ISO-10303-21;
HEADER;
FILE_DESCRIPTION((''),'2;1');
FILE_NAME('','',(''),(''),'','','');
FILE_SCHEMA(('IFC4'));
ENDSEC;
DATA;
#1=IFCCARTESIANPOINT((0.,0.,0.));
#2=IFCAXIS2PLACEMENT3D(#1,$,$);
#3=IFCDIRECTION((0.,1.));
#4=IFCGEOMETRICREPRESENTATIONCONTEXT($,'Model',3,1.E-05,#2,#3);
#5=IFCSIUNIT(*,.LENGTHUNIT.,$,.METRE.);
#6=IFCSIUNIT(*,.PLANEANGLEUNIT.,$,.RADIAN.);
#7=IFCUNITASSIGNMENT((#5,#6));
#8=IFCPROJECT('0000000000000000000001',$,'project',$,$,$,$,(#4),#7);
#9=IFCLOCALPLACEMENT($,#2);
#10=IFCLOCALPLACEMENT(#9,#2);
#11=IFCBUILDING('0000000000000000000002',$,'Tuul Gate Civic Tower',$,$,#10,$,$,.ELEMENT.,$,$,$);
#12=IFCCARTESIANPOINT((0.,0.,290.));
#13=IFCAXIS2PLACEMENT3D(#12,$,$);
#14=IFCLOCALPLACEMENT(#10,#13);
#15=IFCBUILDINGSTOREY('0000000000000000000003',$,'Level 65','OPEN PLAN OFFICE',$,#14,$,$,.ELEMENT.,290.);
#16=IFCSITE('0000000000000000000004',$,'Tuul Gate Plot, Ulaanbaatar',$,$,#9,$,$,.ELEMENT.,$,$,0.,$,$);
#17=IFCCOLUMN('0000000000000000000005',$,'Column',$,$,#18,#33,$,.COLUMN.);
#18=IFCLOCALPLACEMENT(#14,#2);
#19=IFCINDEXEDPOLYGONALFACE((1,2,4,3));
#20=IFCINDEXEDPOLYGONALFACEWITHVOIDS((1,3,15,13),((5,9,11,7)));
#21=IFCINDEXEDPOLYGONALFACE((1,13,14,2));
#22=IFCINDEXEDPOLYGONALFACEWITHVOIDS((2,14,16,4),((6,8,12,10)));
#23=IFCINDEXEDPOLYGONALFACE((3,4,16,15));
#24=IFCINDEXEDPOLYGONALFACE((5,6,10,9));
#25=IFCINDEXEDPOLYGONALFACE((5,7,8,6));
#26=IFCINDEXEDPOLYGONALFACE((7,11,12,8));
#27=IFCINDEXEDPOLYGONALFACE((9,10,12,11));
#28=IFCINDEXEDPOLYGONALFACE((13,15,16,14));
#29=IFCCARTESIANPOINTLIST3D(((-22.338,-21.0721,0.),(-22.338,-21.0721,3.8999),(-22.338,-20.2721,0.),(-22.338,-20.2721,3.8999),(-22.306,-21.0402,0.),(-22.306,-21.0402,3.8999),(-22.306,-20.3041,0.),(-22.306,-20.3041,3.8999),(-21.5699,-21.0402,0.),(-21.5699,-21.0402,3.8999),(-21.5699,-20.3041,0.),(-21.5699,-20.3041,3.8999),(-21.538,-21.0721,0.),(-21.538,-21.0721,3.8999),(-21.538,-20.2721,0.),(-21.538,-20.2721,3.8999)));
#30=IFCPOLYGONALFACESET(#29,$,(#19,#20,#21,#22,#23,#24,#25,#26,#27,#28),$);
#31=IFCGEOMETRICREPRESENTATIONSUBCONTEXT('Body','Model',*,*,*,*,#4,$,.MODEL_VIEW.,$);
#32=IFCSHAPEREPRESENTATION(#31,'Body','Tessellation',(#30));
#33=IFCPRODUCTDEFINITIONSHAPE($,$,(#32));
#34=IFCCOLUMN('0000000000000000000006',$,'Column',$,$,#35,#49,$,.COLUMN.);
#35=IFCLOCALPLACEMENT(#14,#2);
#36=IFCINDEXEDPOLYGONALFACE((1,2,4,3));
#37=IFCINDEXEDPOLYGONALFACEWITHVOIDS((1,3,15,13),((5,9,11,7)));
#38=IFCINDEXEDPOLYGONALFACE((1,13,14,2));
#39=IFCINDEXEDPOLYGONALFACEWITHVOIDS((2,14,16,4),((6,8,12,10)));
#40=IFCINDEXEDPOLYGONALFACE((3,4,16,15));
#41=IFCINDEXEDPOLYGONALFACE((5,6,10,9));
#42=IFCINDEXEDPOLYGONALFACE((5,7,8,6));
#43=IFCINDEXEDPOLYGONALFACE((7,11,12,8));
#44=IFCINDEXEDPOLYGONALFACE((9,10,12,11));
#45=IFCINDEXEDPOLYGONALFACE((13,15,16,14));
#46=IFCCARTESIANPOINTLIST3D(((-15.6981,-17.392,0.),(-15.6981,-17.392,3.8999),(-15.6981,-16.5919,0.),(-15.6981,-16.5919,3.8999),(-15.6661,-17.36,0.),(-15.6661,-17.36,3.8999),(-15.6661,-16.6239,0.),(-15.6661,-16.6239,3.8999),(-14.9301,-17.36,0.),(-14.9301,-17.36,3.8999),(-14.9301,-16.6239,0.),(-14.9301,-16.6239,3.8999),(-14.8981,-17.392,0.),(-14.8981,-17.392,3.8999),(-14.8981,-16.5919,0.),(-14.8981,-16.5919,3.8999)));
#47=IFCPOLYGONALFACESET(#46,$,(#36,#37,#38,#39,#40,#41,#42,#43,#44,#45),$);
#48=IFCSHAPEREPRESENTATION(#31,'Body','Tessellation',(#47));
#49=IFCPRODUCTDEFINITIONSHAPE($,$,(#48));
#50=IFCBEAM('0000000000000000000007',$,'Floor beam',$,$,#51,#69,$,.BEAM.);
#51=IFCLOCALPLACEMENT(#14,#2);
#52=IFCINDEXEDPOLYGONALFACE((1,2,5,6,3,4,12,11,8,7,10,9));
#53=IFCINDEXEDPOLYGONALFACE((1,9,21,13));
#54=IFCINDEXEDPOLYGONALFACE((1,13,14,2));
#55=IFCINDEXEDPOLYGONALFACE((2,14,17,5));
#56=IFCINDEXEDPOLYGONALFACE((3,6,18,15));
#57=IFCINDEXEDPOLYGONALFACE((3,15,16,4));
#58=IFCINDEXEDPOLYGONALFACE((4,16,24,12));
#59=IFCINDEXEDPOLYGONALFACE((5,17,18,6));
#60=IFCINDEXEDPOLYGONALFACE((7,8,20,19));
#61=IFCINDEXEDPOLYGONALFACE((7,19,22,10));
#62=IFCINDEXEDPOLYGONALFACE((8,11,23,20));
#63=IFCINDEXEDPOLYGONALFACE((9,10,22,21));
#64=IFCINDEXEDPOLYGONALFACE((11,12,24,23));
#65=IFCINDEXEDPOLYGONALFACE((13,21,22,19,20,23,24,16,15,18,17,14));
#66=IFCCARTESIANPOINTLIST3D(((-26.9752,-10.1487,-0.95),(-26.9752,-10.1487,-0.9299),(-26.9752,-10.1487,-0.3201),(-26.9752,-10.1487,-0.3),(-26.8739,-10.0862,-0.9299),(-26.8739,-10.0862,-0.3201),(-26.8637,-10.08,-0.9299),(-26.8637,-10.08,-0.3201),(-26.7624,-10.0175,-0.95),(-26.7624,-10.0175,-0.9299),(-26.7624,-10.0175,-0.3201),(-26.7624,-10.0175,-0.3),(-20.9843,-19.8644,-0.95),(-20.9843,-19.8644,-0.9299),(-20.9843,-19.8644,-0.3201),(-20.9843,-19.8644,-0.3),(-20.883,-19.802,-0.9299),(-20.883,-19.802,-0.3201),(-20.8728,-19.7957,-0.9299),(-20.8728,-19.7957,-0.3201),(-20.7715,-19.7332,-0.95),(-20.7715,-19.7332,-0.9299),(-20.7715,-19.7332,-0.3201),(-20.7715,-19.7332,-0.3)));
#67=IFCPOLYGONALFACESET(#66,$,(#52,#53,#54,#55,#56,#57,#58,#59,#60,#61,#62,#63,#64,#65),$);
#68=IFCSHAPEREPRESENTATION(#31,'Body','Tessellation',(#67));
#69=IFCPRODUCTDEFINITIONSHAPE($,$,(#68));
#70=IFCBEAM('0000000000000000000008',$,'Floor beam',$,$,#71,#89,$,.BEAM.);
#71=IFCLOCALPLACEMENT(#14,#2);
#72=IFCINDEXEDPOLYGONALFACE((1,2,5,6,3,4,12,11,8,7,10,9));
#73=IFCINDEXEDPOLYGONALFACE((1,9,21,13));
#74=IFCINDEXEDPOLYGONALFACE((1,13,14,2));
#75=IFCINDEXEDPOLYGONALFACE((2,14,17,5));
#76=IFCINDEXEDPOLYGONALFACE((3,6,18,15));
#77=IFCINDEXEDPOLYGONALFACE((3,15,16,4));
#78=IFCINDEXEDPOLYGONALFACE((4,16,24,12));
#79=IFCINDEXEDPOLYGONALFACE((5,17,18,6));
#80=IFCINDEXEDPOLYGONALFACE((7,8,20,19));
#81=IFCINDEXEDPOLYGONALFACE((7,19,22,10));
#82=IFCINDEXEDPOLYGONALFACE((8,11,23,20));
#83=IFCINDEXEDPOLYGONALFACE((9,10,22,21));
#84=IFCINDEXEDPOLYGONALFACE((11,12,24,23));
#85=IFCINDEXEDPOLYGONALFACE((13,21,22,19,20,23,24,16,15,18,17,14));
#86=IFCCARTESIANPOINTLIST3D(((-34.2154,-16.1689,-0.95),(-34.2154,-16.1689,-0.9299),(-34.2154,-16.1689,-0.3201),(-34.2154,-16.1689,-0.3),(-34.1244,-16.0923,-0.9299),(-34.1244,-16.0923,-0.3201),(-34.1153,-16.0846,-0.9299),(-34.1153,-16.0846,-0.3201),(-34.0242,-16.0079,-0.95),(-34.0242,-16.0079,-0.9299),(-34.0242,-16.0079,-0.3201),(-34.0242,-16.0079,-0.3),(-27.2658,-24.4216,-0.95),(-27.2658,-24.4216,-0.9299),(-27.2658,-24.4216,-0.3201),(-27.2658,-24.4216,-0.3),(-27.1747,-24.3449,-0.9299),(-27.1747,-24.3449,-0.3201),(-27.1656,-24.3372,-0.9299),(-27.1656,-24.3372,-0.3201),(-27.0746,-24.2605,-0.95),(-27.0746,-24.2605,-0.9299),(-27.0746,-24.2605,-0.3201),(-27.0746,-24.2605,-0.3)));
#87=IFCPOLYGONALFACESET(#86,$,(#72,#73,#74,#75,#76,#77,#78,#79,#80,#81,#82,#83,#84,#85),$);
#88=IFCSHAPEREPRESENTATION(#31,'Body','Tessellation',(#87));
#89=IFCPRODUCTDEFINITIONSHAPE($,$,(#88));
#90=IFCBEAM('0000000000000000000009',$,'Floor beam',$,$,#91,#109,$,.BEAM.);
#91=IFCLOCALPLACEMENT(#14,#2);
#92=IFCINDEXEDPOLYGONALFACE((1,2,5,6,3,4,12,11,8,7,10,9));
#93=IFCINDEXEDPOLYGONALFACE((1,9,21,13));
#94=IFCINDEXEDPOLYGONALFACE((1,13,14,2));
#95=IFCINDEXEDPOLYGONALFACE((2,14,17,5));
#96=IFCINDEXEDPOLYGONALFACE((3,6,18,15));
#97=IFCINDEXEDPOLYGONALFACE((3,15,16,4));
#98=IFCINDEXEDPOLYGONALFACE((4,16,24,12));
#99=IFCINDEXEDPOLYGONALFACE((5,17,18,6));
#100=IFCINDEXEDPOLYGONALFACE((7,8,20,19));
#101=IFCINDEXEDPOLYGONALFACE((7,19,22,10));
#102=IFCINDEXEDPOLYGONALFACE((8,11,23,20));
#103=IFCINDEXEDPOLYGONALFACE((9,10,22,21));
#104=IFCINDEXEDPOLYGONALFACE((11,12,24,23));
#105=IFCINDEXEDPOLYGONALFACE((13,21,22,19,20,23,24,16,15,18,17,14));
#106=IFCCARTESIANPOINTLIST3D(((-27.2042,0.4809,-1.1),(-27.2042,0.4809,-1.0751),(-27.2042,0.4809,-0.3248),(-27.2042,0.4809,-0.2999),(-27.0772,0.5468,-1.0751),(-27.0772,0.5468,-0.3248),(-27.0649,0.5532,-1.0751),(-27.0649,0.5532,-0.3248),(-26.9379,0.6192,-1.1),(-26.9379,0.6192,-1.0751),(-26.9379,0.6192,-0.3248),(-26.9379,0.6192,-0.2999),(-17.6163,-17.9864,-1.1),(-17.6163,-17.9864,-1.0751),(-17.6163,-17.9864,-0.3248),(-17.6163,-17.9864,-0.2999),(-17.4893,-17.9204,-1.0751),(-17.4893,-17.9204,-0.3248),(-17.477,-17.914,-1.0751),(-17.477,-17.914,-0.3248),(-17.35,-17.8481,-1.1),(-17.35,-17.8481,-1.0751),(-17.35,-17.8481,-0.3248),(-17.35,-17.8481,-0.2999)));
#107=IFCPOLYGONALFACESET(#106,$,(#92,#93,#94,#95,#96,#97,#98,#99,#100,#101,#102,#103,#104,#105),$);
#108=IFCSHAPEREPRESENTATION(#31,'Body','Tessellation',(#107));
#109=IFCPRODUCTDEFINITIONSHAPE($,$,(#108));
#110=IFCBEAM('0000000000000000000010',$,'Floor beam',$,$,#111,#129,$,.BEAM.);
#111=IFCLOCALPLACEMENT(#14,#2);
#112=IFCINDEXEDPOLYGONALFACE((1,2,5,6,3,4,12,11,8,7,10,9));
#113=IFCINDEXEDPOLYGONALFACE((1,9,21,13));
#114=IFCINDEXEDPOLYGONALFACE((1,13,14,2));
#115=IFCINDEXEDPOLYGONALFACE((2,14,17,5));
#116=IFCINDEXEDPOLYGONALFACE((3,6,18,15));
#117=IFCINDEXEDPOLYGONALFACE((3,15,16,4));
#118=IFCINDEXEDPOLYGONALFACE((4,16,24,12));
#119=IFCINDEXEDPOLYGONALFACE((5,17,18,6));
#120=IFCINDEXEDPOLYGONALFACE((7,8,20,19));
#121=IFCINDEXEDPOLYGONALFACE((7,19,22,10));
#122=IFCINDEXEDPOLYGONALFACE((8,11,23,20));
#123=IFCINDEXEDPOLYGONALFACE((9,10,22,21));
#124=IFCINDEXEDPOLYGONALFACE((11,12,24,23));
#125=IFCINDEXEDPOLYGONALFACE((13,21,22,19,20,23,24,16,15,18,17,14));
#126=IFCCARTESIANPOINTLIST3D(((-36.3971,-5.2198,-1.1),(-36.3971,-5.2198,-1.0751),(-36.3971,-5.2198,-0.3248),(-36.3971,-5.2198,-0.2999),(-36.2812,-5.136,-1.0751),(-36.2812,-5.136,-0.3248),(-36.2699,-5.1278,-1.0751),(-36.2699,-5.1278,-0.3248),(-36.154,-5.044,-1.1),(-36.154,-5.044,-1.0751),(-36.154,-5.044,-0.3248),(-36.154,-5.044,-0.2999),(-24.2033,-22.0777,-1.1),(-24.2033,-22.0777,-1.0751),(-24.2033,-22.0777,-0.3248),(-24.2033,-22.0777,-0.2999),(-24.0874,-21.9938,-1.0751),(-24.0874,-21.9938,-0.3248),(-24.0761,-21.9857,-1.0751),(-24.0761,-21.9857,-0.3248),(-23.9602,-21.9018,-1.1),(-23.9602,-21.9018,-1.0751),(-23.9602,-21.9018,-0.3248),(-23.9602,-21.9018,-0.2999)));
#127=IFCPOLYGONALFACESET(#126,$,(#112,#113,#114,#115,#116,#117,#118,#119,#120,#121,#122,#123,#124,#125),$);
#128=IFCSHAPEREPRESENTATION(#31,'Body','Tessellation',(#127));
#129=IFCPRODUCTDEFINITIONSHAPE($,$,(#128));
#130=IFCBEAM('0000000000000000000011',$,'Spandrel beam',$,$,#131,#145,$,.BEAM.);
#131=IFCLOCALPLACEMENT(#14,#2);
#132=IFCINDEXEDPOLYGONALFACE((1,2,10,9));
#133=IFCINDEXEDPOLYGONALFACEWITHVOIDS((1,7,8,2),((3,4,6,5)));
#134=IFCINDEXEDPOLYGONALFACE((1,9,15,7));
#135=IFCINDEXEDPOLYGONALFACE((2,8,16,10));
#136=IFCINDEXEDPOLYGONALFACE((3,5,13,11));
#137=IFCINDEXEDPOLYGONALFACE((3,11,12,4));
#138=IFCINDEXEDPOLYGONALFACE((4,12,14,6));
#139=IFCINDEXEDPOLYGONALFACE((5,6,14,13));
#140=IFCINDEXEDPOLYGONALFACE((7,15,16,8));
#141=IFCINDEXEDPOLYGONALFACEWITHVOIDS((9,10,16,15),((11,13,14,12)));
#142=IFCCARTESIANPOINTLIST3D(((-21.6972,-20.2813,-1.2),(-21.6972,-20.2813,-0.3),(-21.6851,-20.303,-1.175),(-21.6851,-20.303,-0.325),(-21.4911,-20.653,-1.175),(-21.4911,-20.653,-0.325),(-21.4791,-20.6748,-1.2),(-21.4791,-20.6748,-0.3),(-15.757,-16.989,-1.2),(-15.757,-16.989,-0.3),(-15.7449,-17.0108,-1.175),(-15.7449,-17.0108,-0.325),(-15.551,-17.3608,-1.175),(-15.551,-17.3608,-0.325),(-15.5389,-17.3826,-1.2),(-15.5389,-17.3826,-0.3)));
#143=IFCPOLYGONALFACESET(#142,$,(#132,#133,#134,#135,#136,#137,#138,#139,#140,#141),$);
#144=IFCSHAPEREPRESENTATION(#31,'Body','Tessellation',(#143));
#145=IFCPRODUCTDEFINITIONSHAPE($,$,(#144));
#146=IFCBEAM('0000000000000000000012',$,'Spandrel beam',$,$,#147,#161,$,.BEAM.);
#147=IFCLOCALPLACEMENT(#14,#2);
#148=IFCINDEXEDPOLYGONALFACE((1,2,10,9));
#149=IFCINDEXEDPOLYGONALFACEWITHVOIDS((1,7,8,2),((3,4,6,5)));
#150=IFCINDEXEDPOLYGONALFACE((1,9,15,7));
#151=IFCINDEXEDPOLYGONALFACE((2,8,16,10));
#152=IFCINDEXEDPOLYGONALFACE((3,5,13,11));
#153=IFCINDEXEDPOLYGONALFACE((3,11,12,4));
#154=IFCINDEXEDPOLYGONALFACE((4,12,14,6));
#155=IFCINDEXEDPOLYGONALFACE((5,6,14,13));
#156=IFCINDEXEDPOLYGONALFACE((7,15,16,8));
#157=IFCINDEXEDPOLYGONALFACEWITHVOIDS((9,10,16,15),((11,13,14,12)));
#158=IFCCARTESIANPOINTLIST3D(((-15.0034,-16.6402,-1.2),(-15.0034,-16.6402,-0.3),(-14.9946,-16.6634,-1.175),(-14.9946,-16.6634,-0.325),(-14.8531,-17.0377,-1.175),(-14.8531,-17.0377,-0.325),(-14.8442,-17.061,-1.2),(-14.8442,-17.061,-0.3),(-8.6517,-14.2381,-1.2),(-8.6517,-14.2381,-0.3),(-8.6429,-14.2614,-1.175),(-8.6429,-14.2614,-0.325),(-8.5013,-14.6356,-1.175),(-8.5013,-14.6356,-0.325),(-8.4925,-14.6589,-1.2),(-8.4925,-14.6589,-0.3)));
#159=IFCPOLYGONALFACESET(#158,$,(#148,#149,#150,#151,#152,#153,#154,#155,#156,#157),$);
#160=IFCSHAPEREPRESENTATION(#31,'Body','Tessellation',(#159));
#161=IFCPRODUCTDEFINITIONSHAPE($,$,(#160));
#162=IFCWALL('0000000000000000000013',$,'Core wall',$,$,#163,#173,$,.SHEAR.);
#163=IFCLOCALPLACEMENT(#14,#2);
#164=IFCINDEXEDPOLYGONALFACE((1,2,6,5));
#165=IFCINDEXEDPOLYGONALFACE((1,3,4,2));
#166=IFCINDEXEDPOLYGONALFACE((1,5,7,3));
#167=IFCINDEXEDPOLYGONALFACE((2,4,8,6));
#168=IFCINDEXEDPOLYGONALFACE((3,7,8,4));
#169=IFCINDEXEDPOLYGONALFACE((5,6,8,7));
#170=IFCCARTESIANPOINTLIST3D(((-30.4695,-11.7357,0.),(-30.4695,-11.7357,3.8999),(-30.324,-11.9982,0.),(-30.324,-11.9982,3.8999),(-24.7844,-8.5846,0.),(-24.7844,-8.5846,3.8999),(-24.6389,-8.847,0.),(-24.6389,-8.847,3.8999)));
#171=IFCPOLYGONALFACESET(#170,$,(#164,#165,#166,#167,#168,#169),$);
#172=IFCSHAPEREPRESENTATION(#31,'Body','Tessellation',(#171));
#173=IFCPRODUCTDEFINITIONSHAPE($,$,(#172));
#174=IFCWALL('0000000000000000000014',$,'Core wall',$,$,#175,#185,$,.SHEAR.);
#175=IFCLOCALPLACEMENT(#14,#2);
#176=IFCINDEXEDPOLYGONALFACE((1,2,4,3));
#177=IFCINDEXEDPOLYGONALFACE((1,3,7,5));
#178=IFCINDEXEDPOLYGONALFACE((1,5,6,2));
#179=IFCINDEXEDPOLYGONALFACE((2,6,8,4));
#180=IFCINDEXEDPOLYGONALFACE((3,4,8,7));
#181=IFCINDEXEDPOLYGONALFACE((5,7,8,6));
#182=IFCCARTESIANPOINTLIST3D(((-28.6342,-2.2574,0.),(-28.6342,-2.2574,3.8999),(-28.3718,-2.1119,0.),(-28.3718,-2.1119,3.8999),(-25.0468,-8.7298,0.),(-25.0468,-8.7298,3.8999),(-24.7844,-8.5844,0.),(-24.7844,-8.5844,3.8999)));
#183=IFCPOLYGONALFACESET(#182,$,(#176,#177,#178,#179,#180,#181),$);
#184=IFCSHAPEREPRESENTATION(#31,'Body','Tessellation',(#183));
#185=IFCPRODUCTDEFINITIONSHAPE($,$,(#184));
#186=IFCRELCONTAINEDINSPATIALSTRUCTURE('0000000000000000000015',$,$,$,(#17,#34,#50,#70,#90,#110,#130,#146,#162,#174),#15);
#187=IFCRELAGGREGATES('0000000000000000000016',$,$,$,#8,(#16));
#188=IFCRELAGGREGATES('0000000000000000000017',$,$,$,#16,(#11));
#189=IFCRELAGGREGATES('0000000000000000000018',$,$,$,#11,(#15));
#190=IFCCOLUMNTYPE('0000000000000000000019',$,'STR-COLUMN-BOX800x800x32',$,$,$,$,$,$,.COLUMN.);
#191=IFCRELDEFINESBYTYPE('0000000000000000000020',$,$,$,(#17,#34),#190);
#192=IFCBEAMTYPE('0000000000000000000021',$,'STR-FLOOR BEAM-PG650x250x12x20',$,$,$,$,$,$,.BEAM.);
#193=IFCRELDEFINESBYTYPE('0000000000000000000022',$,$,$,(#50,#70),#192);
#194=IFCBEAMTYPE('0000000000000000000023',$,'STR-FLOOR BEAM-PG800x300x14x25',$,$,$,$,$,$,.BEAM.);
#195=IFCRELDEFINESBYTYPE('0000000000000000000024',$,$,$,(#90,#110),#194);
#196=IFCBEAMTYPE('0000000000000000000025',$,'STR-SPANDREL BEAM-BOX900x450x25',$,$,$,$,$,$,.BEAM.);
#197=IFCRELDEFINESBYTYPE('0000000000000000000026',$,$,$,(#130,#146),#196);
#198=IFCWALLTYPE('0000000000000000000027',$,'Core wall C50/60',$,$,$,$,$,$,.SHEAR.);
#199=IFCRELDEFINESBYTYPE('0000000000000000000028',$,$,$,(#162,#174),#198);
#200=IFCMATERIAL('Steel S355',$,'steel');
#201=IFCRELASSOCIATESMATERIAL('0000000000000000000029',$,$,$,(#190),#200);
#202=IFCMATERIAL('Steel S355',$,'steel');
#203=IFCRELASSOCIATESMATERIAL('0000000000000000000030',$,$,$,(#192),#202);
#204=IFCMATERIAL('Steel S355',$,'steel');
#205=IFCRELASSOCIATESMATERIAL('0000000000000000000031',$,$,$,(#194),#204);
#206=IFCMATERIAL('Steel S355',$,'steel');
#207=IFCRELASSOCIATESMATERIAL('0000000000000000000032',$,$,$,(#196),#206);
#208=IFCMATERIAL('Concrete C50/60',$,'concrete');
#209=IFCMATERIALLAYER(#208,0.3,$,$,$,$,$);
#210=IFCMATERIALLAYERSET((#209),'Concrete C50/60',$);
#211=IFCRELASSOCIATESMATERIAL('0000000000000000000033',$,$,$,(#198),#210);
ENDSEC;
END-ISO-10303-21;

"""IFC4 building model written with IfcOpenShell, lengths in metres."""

from ifc_helpers import new_model, si_unit, direction, frame, frame_2d, origin, origin_2d, place, context, subcontext, project, spatial, rectangle, hollow_rectangle, i_section, extrude, material, layer, layer_set, material_profile, profile_set, type_object, element, save


model = new_model("IFC4")

# Units and contexts
model_context = context("Model", 3, precision=1e-05, world=origin(), true_north=direction((0.0, 1.0)))
body_context = subcontext(model_context, "Body", "Model", "MODEL_VIEW")
ifc_project = project(units=[si_unit("LENGTHUNIT", "METRE"), si_unit("PLANEANGLEUNIT", "RADIAN")], contexts=[model_context])

# Site, building, storey
site_placement = place(None, origin())
site = spatial("IfcSite", under=ifc_project, at=site_placement, Name="Tuul Gate Plot, Ulaanbaatar", CompositionType="ELEMENT", RefElevation=0.0)
building_placement = place(site_placement, origin())
building = spatial("IfcBuilding", under=site, at=building_placement, Name="Tuul Gate Civic Tower", CompositionType="ELEMENT")
storey_placement = place(building_placement, frame((0.0, 0.0, 290.0)))
storey = spatial("IfcBuildingStorey", under=building, at=storey_placement, Name="Level 65", Description="OPEN PLAN OFFICE", CompositionType="ELEMENT", Elevation=290.0)

# Columns
ifc_material_1 = material(Name="Steel S355", Category="steel")
ifc_material_profile_1 = material_profile(ifc_material_1, hollow_rectangle(XDim=0.8, YDim=0.8, WallThickness=0.032, at=origin_2d()), Name="BOX800x800x32")
ifc_profile_set_1 = profile_set([ifc_material_profile_1], Name="Steel S355")
column_type = type_object("IfcColumnType", Name="STR-COLUMN-BOX800x800x32", PredefinedType="COLUMN", material=ifc_profile_set_1)
for number, where, z_axis, x_axis, name in (
    (1, (-21.938, -20.6721, 0.0), (0.0, 0.0, 1.0), (1.0, 0.0, 0.0), "Column"),
    (2, (-15.2981, -16.9919, 0.0), (0.0, 0.0, 1.0), (1.0, 0.0, 0.0), "Column"),
):
    element("IfcColumn", number, at=place(storey_placement, frame(where, z_axis=z_axis, x_axis=x_axis)), inside=storey, type_object=column_type, Name=name, PredefinedType="COLUMN", context=body_context, shape_type="SweptSolid", body=[
        extrude(hollow_rectangle(XDim=0.8, YDim=0.8, WallThickness=0.032, at=origin_2d()), origin(), (0.0, 0.0, 1.0), 3.8999),
    ])

# Beams
ifc_material_2 = material(Name="Steel S355", Category="steel")
ifc_material_profile_2 = material_profile(ifc_material_2, i_section(OverallWidth=0.25, OverallDepth=0.6499, WebThickness=0.012, FlangeThickness=0.02, at=origin_2d()), Name="PG650x250x12x20")
ifc_profile_set_2 = profile_set([ifc_material_profile_2], Name="Steel S355")
beam_type_1 = type_object("IfcBeamType", Name="STR-FLOOR BEAM-PG650x250x12x20", PredefinedType="BEAM", material=ifc_profile_set_2)
beam_1_placement = place(storey_placement, frame((-20.8779, -19.7988, -0.625), z_axis=(-0.52486, 0.851189, 0.0), x_axis=(-0.851189, -0.52486, 0.0)))
element("IfcBeam", 3, at=beam_1_placement, inside=storey, type_object=beam_type_1, Name="Floor beam", PredefinedType="BEAM", context=body_context, shape_type="SweptSolid", body=[
    extrude(i_section(OverallWidth=0.25, OverallDepth=0.6499, WebThickness=0.012, FlangeThickness=0.02, at=origin_2d()), origin(), (0.0, 0.0, 1.0), 11.4143),
])
beam_2_placement = place(storey_placement, frame((-27.1702, -24.3411, -0.625), z_axis=(-0.64414, 0.764908, 0.0), x_axis=(-0.764908, -0.64414, 0.0)))
element("IfcBeam", 4, at=beam_2_placement, inside=storey, type_object=beam_type_1, Name="Floor beam", PredefinedType="BEAM", context=body_context, shape_type="SweptSolid", body=[
    extrude(i_section(OverallWidth=0.25, OverallDepth=0.6499, WebThickness=0.012, FlangeThickness=0.02, at=origin_2d()), origin(), (0.0, 0.0, 1.0), 10.7891),
])
ifc_material_3 = material(Name="Steel S355", Category="steel")
ifc_material_profile_3 = material_profile(ifc_material_3, i_section(OverallWidth=0.3, OverallDepth=0.8, WebThickness=0.0139, FlangeThickness=0.0249, at=origin_2d()), Name="PG800x300x14x25")
ifc_profile_set_3 = profile_set([ifc_material_profile_3], Name="Steel S355")
beam_type_2 = type_object("IfcBeamType", Name="STR-FLOOR BEAM-PG800x300x14x25", PredefinedType="BEAM", material=ifc_profile_set_3)
beam_3_placement = place(storey_placement, frame((-17.4832, -17.9172, -0.7), z_axis=(-0.460782, 0.887514, 0.0), x_axis=(-0.887514, -0.460782, 0.0)))
element("IfcBeam", 5, at=beam_3_placement, inside=storey, type_object=beam_type_2, Name="Floor beam", PredefinedType="BEAM", context=body_context, shape_type="SweptSolid", body=[
    extrude(i_section(OverallWidth=0.3, OverallDepth=0.8, WebThickness=0.0139, FlangeThickness=0.0249, at=origin_2d()), origin(), (0.0, 0.0, 1.0), 20.8079),
])
beam_4_placement = place(storey_placement, frame((-24.0818, -21.9897, -0.7), z_axis=(-0.586081, 0.810253, 0.0), x_axis=(-0.810253, -0.586081, 0.0)))
element("IfcBeam", 6, at=beam_4_placement, inside=storey, type_object=beam_type_2, Name="Floor beam", PredefinedType="BEAM", context=body_context, shape_type="SweptSolid", body=[
    extrude(i_section(OverallWidth=0.3, OverallDepth=0.8, WebThickness=0.0139, FlangeThickness=0.0249, at=origin_2d()), origin(), (0.0, 0.0, 1.0), 20.8057),
])
ifc_material_4 = material(Name="Steel S355", Category="steel")
ifc_material_profile_4 = material_profile(ifc_material_4, hollow_rectangle(XDim=0.45, YDim=0.8999, WallThickness=0.0249, at=origin_2d()), Name="BOX900x450x25")
ifc_profile_set_4 = profile_set([ifc_material_profile_4], Name="Steel S355")
beam_type_3 = type_object("IfcBeamType", Name="STR-SPANDREL BEAM-BOX900x450x25", PredefinedType="BEAM", material=ifc_profile_set_4)
beam_5_placement = place(storey_placement, frame((-21.5881, -20.478, -0.75), z_axis=(0.874649, 0.484758, 0.0), x_axis=(-0.484758, 0.874649, 0.0)))
element("IfcBeam", 7, at=beam_5_placement, inside=storey, type_object=beam_type_3, Name="Spandrel beam", PredefinedType="BEAM", context=body_context, shape_type="SweptSolid", body=[
    extrude(hollow_rectangle(XDim=0.45, YDim=0.8999, WallThickness=0.0249, at=origin_2d()), origin(), (0.0, 0.0, 1.0), 6.7915),
])
beam_6_placement = place(storey_placement, frame((-14.9238, -16.8506, -0.75), z_axis=(0.935349, 0.353726, 0.0), x_axis=(-0.353726, 0.935349, 0.0)))
element("IfcBeam", 8, at=beam_6_placement, inside=storey, type_object=beam_type_3, Name="Spandrel beam", PredefinedType="BEAM", context=body_context, shape_type="SweptSolid", body=[
    extrude(hollow_rectangle(XDim=0.45, YDim=0.8999, WallThickness=0.0249, at=origin_2d()), origin(), (0.0, 0.0, 1.0), 6.7908),
])

# Walls
ifc_material_5 = material(Name="Concrete C50/60", Category="concrete")
ifc_layer_1 = layer(ifc_material_5, 0.3)
ifc_layer_set_1 = layer_set([ifc_layer_1], Name="Concrete C50/60")
wall_type_1 = type_object("IfcWallType", Name="Core wall C50/60", PredefinedType="SHEAR", material=ifc_layer_set_1)
wall_1_placement = place(storey_placement, frame((-24.7117, -8.7158, 0.0), z_axis=(0.0, 0.0, 1.0), x_axis=(-0.87463, -0.484791, 0.0)))
element("IfcWall", 9, at=wall_1_placement, inside=storey, type_object=wall_type_1, Name="Core wall", PredefinedType="SHEAR", context=body_context, shape_type="SweptSolid", body=[
    extrude(rectangle(XDim=6.5, YDim=0.3, at=frame_2d((3.25, 0.0))), origin(), (0.0, 0.0, 1.0), 3.8999),
])
wall_2_placement = place(storey_placement, frame((-24.9155, -8.6572, 0.0), z_axis=(0.0, 0.0, 1.0), x_axis=(-0.484777, 0.874638, 0.0)))
element("IfcWall", 10, at=wall_2_placement, inside=storey, type_object=wall_type_1, Name="Core wall", PredefinedType="SHEAR", context=body_context, shape_type="SweptSolid", body=[
    extrude(rectangle(XDim=7.4001, YDim=0.3, at=frame_2d((3.7002, 0.0))), origin(), (0.0, 0.0, 1.0), 3.8999),
])

save(model, "model.ifc")
